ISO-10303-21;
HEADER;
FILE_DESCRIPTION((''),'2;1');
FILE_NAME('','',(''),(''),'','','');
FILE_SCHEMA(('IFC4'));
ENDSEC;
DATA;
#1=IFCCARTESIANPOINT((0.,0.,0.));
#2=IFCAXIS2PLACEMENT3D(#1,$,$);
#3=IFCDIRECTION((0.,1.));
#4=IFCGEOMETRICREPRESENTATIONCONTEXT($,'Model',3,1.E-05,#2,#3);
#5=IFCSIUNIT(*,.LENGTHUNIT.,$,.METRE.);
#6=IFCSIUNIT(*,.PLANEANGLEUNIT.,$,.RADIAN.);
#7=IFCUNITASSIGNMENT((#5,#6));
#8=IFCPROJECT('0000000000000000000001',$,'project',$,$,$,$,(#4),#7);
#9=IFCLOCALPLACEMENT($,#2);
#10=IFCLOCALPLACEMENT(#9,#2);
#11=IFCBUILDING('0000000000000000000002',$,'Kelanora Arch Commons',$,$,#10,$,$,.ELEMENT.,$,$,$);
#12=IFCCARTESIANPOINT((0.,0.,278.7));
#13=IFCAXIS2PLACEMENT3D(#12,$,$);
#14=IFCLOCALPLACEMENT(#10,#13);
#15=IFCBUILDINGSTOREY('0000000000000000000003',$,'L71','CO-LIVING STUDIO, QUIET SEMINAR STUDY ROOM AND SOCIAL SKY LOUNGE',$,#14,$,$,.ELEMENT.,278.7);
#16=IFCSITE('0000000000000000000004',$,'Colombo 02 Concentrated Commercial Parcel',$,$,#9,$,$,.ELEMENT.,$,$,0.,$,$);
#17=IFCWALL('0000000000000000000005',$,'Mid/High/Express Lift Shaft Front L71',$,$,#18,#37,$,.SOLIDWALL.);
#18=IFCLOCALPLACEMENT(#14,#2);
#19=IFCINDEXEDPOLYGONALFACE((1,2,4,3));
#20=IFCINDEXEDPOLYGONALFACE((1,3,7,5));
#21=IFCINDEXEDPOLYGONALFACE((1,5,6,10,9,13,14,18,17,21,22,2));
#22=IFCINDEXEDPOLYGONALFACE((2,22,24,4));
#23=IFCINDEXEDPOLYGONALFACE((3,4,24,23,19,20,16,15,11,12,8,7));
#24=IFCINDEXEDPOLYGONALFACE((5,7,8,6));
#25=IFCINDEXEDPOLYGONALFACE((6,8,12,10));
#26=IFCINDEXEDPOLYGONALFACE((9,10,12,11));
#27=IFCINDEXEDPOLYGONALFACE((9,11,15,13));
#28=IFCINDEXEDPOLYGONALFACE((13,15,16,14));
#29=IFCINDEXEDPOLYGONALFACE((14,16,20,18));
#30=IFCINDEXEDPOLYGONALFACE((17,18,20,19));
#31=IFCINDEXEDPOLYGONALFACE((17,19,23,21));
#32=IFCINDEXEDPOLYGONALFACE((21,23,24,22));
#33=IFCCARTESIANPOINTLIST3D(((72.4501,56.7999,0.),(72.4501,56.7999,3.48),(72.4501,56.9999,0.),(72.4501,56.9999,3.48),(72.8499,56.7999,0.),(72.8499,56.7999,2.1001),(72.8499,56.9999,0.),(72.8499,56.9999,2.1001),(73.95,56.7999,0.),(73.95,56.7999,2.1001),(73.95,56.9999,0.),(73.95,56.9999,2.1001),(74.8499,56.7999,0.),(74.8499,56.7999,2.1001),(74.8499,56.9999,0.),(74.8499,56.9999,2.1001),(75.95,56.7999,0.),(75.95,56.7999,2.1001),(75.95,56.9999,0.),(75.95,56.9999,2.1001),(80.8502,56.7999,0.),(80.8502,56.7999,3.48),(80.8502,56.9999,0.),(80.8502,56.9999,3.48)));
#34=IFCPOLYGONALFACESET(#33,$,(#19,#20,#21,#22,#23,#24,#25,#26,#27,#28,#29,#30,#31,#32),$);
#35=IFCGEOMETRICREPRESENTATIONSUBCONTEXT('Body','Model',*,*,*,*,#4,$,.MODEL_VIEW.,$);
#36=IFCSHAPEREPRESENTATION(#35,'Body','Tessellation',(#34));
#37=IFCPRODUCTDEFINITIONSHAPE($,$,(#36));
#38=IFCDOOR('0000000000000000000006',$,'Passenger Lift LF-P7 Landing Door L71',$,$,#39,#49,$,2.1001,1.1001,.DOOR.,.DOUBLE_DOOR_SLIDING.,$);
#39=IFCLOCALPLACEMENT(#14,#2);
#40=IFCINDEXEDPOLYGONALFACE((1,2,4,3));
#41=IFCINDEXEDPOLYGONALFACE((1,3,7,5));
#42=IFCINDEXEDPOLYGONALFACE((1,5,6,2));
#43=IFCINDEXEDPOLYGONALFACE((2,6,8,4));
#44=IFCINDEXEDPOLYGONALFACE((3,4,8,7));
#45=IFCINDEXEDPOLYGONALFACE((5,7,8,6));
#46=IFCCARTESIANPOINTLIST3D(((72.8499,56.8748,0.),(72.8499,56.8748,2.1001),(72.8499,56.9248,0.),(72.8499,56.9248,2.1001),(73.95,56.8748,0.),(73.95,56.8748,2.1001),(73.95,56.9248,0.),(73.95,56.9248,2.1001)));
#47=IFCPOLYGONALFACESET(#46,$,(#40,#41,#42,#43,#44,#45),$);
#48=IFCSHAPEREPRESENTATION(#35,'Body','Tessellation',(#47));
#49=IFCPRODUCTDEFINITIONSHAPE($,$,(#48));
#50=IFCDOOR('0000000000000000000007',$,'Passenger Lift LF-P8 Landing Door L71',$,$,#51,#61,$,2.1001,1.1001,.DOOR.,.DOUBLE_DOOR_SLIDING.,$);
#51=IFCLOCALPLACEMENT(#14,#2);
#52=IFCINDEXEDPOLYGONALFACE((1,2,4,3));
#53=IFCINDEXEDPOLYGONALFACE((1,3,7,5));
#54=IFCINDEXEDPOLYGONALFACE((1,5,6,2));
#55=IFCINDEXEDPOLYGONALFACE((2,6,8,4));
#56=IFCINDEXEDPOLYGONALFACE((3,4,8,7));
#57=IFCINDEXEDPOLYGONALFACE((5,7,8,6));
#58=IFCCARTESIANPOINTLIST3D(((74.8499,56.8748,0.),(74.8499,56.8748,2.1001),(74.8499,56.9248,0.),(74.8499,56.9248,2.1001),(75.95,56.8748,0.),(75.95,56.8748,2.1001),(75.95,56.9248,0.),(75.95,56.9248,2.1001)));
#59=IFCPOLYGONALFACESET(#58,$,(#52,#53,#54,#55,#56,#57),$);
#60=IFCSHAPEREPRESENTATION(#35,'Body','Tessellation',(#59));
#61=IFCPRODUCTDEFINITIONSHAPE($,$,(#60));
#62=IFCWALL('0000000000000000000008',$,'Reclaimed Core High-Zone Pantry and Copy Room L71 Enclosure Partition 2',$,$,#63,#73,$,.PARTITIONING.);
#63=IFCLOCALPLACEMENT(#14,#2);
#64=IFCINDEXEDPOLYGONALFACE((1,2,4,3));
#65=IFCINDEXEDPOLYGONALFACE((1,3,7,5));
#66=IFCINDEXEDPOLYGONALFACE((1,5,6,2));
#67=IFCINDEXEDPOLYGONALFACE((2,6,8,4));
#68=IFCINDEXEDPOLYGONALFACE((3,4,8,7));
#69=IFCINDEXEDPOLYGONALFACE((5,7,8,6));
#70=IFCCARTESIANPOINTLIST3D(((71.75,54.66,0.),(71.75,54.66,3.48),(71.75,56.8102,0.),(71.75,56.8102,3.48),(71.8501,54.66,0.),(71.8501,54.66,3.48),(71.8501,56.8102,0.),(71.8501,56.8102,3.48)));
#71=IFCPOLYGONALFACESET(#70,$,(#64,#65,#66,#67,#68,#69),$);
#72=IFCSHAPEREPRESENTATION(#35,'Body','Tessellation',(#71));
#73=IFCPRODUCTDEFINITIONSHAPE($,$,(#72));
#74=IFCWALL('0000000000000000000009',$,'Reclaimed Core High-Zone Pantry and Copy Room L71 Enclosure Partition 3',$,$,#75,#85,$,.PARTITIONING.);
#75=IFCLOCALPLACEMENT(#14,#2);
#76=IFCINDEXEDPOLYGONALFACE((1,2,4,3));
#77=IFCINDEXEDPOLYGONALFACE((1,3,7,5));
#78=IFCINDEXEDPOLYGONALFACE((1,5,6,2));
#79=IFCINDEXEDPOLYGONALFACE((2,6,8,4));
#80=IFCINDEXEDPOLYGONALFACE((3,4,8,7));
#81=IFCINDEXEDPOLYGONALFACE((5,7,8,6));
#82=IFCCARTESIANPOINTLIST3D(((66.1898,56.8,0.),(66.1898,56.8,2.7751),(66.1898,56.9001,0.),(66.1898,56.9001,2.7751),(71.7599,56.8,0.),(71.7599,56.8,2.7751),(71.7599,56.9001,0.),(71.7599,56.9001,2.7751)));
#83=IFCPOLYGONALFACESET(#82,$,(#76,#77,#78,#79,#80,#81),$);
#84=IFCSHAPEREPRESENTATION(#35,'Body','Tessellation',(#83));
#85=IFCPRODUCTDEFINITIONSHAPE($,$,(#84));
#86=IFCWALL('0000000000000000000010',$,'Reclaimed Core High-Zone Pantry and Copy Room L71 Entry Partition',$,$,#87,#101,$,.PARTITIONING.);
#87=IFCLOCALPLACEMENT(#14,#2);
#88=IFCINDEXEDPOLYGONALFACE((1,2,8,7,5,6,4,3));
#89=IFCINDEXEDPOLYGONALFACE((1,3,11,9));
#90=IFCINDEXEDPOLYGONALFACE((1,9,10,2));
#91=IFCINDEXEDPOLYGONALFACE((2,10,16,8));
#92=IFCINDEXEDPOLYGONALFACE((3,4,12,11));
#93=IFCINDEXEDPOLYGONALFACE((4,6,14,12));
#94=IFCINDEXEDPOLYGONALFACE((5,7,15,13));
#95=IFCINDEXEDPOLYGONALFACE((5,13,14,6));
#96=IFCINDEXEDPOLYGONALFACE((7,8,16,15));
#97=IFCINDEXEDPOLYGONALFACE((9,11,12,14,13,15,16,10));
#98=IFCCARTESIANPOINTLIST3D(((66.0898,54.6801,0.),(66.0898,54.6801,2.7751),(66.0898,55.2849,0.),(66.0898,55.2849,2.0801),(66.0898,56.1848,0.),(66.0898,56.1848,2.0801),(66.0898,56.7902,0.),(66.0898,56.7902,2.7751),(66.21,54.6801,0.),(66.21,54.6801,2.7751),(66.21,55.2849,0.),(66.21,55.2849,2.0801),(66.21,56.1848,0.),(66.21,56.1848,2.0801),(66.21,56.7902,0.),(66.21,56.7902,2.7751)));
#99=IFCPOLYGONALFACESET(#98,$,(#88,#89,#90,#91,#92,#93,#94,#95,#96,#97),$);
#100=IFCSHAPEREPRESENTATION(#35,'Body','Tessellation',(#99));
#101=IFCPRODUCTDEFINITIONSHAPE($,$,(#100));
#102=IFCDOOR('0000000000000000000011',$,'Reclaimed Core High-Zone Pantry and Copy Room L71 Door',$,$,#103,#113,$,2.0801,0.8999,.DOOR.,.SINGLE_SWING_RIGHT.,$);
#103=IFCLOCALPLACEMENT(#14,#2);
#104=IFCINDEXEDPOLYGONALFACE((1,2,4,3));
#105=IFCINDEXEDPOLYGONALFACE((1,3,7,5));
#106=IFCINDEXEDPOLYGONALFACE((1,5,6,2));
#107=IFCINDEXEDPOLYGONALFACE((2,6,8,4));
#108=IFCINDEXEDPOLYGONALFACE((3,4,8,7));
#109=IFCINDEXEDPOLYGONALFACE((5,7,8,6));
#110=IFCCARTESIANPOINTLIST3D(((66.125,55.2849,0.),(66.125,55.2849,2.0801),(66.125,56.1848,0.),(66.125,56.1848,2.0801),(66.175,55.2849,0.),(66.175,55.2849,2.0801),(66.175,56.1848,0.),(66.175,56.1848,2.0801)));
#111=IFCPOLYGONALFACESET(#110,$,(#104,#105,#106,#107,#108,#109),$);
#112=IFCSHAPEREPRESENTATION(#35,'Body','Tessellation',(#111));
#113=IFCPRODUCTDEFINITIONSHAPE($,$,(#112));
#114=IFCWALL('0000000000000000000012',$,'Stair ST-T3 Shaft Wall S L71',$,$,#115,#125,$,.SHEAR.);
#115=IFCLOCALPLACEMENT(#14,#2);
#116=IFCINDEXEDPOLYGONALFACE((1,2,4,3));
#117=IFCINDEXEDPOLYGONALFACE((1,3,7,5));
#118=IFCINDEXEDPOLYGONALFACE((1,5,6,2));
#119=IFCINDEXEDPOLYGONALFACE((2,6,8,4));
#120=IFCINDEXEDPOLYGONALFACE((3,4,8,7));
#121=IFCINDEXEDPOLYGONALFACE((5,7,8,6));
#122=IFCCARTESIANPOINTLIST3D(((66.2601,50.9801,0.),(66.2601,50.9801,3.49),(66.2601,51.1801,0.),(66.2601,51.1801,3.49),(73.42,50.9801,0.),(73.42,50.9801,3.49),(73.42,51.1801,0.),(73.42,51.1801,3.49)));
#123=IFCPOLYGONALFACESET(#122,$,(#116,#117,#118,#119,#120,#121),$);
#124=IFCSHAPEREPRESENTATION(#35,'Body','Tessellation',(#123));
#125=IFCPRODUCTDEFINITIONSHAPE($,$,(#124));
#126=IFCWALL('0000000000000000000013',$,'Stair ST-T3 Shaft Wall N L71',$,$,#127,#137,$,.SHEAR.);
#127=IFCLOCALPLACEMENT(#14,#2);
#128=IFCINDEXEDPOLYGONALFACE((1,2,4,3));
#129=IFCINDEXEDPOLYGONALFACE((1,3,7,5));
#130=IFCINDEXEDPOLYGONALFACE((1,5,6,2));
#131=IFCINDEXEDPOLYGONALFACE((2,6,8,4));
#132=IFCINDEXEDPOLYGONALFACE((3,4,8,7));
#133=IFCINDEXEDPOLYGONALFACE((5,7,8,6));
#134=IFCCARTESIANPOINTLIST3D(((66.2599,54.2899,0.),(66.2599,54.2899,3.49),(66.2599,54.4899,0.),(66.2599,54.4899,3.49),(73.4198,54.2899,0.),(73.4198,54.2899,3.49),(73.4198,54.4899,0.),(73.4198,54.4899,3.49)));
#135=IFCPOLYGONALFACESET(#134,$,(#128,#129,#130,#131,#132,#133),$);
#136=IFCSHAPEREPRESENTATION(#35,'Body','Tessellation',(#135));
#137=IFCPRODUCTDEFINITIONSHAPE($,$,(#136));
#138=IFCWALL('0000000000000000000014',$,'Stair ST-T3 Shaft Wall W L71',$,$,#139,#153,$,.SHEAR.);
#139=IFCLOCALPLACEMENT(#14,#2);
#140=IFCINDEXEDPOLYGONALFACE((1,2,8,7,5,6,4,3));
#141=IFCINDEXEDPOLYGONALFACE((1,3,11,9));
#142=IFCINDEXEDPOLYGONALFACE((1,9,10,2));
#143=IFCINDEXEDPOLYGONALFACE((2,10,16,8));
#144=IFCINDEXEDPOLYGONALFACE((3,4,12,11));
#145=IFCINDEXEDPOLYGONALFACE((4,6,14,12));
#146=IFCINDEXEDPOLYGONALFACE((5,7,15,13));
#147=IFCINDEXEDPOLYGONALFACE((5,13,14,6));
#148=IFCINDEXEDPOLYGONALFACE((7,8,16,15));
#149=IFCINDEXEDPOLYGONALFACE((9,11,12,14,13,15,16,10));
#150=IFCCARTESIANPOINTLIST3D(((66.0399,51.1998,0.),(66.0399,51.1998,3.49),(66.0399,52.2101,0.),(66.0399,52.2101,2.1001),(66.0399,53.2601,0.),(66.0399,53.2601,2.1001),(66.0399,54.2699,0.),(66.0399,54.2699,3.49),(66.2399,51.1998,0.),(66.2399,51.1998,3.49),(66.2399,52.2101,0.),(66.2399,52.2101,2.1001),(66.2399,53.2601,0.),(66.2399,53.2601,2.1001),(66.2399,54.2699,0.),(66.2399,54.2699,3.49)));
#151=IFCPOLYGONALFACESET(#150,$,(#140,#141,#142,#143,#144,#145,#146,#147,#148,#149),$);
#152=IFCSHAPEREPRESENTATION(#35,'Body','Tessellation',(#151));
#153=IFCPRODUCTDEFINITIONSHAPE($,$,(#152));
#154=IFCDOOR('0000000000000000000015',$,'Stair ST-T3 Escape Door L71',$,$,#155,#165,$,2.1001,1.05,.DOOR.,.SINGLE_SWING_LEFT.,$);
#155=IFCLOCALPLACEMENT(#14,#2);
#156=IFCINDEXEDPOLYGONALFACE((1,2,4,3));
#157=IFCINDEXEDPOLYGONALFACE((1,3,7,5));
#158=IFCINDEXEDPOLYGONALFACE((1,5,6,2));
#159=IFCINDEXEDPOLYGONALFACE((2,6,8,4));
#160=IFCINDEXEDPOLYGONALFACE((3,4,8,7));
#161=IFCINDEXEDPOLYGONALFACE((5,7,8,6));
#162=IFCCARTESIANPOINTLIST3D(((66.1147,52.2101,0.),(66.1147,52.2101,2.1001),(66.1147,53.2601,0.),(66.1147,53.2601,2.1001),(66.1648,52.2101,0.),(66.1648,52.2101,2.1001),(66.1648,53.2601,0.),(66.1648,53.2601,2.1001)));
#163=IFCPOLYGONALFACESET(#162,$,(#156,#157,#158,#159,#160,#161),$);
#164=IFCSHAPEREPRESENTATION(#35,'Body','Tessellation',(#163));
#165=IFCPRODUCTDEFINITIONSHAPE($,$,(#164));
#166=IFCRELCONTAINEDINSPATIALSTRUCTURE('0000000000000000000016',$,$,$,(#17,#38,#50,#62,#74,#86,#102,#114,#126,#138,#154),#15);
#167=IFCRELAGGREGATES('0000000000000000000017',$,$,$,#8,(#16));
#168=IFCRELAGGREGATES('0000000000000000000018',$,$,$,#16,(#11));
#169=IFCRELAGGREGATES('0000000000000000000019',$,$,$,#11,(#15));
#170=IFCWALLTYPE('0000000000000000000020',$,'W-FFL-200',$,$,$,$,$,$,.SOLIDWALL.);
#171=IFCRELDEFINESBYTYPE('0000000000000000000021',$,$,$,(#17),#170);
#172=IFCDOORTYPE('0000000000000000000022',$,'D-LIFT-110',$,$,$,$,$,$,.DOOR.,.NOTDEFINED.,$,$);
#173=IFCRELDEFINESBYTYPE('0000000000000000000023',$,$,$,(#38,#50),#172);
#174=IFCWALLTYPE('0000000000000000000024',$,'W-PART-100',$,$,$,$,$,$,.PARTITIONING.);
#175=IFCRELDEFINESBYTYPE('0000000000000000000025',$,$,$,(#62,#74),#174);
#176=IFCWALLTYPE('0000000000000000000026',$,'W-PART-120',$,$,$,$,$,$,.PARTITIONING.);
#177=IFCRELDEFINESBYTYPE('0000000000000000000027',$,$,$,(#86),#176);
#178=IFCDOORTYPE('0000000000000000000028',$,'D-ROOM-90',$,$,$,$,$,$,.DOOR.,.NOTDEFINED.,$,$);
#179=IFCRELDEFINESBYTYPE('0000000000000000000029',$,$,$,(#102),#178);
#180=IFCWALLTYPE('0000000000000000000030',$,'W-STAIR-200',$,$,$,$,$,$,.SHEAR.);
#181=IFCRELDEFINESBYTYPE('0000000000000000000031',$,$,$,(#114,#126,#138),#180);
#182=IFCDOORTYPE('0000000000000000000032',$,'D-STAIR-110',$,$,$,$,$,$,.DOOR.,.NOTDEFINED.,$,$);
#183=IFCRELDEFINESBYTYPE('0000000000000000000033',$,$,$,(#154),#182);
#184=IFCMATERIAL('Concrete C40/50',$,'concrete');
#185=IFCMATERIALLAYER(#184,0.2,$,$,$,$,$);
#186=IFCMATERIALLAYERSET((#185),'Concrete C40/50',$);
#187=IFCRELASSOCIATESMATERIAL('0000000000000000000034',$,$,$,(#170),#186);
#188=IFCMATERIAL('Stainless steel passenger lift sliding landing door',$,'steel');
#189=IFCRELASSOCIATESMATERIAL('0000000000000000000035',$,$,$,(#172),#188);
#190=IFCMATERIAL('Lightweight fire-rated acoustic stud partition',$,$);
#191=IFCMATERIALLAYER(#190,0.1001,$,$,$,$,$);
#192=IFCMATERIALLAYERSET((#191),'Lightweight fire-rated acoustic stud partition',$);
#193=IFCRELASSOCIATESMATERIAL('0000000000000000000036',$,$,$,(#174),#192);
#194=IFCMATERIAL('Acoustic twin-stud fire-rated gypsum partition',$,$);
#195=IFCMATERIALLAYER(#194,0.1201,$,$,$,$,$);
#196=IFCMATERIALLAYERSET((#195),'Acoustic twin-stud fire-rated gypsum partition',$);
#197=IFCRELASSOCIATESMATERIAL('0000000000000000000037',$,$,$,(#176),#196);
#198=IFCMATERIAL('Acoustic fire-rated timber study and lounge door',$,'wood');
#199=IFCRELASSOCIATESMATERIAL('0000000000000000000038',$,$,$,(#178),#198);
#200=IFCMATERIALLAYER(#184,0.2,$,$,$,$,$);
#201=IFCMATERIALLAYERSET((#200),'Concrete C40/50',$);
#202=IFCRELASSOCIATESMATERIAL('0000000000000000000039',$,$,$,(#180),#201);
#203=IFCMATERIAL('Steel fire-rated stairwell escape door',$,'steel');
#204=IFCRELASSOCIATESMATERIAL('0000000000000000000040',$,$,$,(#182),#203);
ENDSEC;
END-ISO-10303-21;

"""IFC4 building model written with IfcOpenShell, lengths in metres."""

from ifc_helpers import new_model, si_unit, direction, frame, frame_2d, origin, place, context, subcontext, project, spatial, rectangle, extrude, material, layer, layer_set, type_object, element, fill, save


model = new_model("IFC4")

# Units and contexts
model_context = context("Model", 3, precision=1e-05, world=origin(), true_north=direction((0.0, 1.0)))
body_context = subcontext(model_context, "Body", "Model", "MODEL_VIEW")
ifc_project = project(units=[si_unit("LENGTHUNIT", "METRE"), si_unit("PLANEANGLEUNIT", "RADIAN")], contexts=[model_context])

# Site, building, storey
site_placement = place(None, origin())
site = spatial("IfcSite", under=ifc_project, at=site_placement, Name="Colombo 02 Concentrated Commercial Parcel", CompositionType="ELEMENT", RefElevation=0.0)
building_placement = place(site_placement, origin())
building = spatial("IfcBuilding", under=site, at=building_placement, Name="Kelanora Arch Commons", CompositionType="ELEMENT")
storey_placement = place(building_placement, frame((0.0, 0.0, 278.7)))
storey = spatial("IfcBuildingStorey", under=building, at=storey_placement, Name="L71", Description="CO-LIVING STUDIO, QUIET SEMINAR STUDY ROOM AND SOCIAL SKY LOUNGE", CompositionType="ELEMENT", Elevation=278.7)

# Wall, openings, doors
ifc_material_1 = material(Name="Concrete C40/50", Category="concrete")
ifc_layer_1 = layer(ifc_material_1, 0.2)
ifc_layer_set_1 = layer_set([ifc_layer_1], Name="Concrete C40/50")
wall_type_1 = type_object("IfcWallType", Name="W-FFL-200", PredefinedType="SOLIDWALL", material=ifc_layer_set_1)
wall_1_placement = place(storey_placement, frame((72.45, 56.8999, 0.0), z_axis=(0.0, 0.0, 1.0), x_axis=(1.0, 0.0, 0.0)))
wall_1 = element("IfcWall", 1, at=wall_1_placement, inside=storey, type_object=wall_type_1, Name="Mid/High/Express Lift Shaft Front L71", PredefinedType="SOLIDWALL", context=body_context, shape_type="SweptSolid", body=[
    extrude(rectangle(XDim=8.4001, YDim=0.2, at=frame_2d((4.2002, 0.0))), origin(), (0.0, 0.0, 1.0), 3.48),
])
opening_1_placement = place(wall_1_placement, frame((0.3999, 0.0, 0.0)))
opening_1 = element("IfcOpeningElement", 2, at=opening_1_placement, cuts=wall_1, PredefinedType="OPENING", context=body_context, shape_type="SweptSolid", body=[
    extrude(rectangle(XDim=1.1001, YDim=2.1001, at=frame_2d((0.55, 1.05))), frame((0.0, 0.1099, 0.0), z_axis=(0.0, -1.0, 0.0), x_axis=(1.0, 0.0, 0.0)), (0.0, 0.0, 1.0), 0.22),
])
opening_2_placement = place(wall_1_placement, frame((2.3999, 0.0, 0.0)))
opening_2 = element("IfcOpeningElement", 3, at=opening_2_placement, cuts=wall_1, PredefinedType="OPENING", context=body_context, shape_type="SweptSolid", body=[
    extrude(rectangle(XDim=1.1001, YDim=2.1001, at=frame_2d((0.55, 1.05))), frame((0.0, 0.1099, 0.0), z_axis=(0.0, -1.0, 0.0), x_axis=(1.0, 0.0, 0.0)), (0.0, 0.0, 1.0), 0.22),
])
ifc_material_2 = material(Name="Stainless steel passenger lift sliding landing door", Category="steel")
door_type_1 = type_object("IfcDoorType", Name="D-LIFT-110", OperationType="NOTDEFINED", PredefinedType="DOOR", material=ifc_material_2)
door_1_placement = place(opening_1_placement, origin())
door_1 = element("IfcDoor", 4, at=door_1_placement, inside=storey, type_object=door_type_1, Name="Passenger Lift LF-P7 Landing Door L71", OperationType="DOUBLE_DOOR_SLIDING", OverallHeight=2.1001, OverallWidth=1.1001, PredefinedType="DOOR", context=body_context, shape_type="SweptSolid", body=[
    extrude(rectangle(XDim=1.1001, YDim=2.1001, at=frame_2d((0.55, 1.05))), frame((0.0, 0.0249, 0.0), z_axis=(0.0, -1.0, 0.0), x_axis=(1.0, 0.0, 0.0)), (0.0, 0.0, 1.0), 0.05),
])
fill(opening_1, door_1)
door_2_placement = place(opening_2_placement, origin())
door_2 = element("IfcDoor", 5, at=door_2_placement, inside=storey, type_object=door_type_1, Name="Passenger Lift LF-P8 Landing Door L71", OperationType="DOUBLE_DOOR_SLIDING", OverallHeight=2.1001, OverallWidth=1.1001, PredefinedType="DOOR", context=body_context, shape_type="SweptSolid", body=[
    extrude(rectangle(XDim=1.1001, YDim=2.1001, at=frame_2d((0.55, 1.05))), frame((0.0, 0.0249, 0.0), z_axis=(0.0, -1.0, 0.0), x_axis=(1.0, 0.0, 0.0)), (0.0, 0.0, 1.0), 0.05),
])
fill(opening_2, door_2)

# Walls
ifc_material_3 = material(Name="Lightweight fire-rated acoustic stud partition")
ifc_layer_2 = layer(ifc_material_3, 0.1001)
ifc_layer_set_2 = layer_set([ifc_layer_2], Name="Lightweight fire-rated acoustic stud partition")
wall_type_2 = type_object("IfcWallType", Name="W-PART-100", PredefinedType="PARTITIONING", material=ifc_layer_set_2)
wall_2_placement = place(storey_placement, frame((71.8, 54.6599, 0.0), z_axis=(0.0, 0.0, 1.0), x_axis=(0.0, 1.0, 0.0)))
element("IfcWall", 6, at=wall_2_placement, inside=storey, type_object=wall_type_2, Name="Reclaimed Core High-Zone Pantry and Copy Room L71 Enclosure Partition 2", PredefinedType="PARTITIONING", context=body_context, shape_type="SweptSolid", body=[
    extrude(rectangle(XDim=2.1501, YDim=0.1001, at=frame_2d((1.0752, 0.0))), origin(), (0.0, 0.0, 1.0), 3.48),
])
wall_3_placement = place(storey_placement, frame((71.76, 56.8501, 0.0), z_axis=(0.0, 0.0, 1.0), x_axis=(-1.0, 0.0, 0.0)))
element("IfcWall", 7, at=wall_3_placement, inside=storey, type_object=wall_type_2, Name="Reclaimed Core High-Zone Pantry and Copy Room L71 Enclosure Partition 3", PredefinedType="PARTITIONING", context=body_context, shape_type="SweptSolid", body=[
    extrude(rectangle(XDim=5.5701, YDim=0.1001, at=frame_2d((2.7852, 0.0))), origin(), (0.0, 0.0, 1.0), 2.7751),
])

# Wall, opening, door
ifc_material_4 = material(Name="Acoustic twin-stud fire-rated gypsum partition")
ifc_layer_3 = layer(ifc_material_4, 0.1201)
ifc_layer_set_3 = layer_set([ifc_layer_3], Name="Acoustic twin-stud fire-rated gypsum partition")
wall_type_3 = type_object("IfcWallType", Name="W-PART-120", PredefinedType="PARTITIONING", material=ifc_layer_set_3)
wall_4_placement = place(storey_placement, frame((66.1499, 54.6799, 0.0), z_axis=(0.0, 0.0, 1.0), x_axis=(0.0, 1.0, 0.0)))
wall_4 = element("IfcWall", 8, at=wall_4_placement, inside=storey, type_object=wall_type_3, Name="Reclaimed Core High-Zone Pantry and Copy Room L71 Entry Partition", PredefinedType="PARTITIONING", context=body_context, shape_type="SweptSolid", body=[
    extrude(rectangle(XDim=2.1101, YDim=0.1201, at=frame_2d((1.0552, 0.0))), origin(), (0.0, 0.0, 1.0), 2.7751),
])
opening_3_placement = place(wall_4_placement, frame((0.605, 0.0, 0.0)))
opening_3 = element("IfcOpeningElement", 9, at=opening_3_placement, cuts=wall_4, PredefinedType="OPENING", context=body_context, shape_type="SweptSolid", body=[
    extrude(rectangle(XDim=0.8999, YDim=2.0801, at=frame_2d((0.45, 1.04))), frame((0.0, 0.0701, 0.0), z_axis=(0.0, -1.0, 0.0), x_axis=(1.0, 0.0, 0.0)), (0.0, 0.0, 1.0), 0.1401),
])
ifc_material_5 = material(Name="Acoustic fire-rated timber study and lounge door", Category="wood")
door_type_2 = type_object("IfcDoorType", Name="D-ROOM-90", OperationType="NOTDEFINED", PredefinedType="DOOR", material=ifc_material_5)
door_3_placement = place(opening_3_placement, origin())
door_3 = element("IfcDoor", 10, at=door_3_placement, inside=storey, type_object=door_type_2, Name="Reclaimed Core High-Zone Pantry and Copy Room L71 Door", OperationType="SINGLE_SWING_RIGHT", OverallHeight=2.0801, OverallWidth=0.8999, PredefinedType="DOOR", context=body_context, shape_type="SweptSolid", body=[
    extrude(rectangle(XDim=0.8999, YDim=2.0801, at=frame_2d((0.45, 1.04))), frame((0.0, 0.0249, 0.0), z_axis=(0.0, -1.0, 0.0), x_axis=(1.0, 0.0, 0.0)), (0.0, 0.0, 1.0), 0.05),
])
fill(opening_3, door_3)

# Walls
ifc_layer_4 = layer(ifc_material_1, 0.2)
ifc_layer_set_4 = layer_set([ifc_layer_4], Name="Concrete C40/50")
wall_type_4 = type_object("IfcWallType", Name="W-STAIR-200", PredefinedType="SHEAR", material=ifc_layer_set_4)
for number, where, z_axis, x_axis, name in (
    (11, (66.26, 51.0801, 0.0), (0.0, 0.0, 1.0), (1.0, 0.0, 0.0), "Stair ST-T3 Shaft Wall S L71"),
    (12, (73.4199, 54.3899, 0.0), (0.0, 0.0, 1.0), (-1.0, 0.0, 0.0), "Stair ST-T3 Shaft Wall N L71"),
):
    element("IfcWall", number, at=place(storey_placement, frame(where, z_axis=z_axis, x_axis=x_axis)), inside=storey, type_object=wall_type_4, Name=name, PredefinedType="SHEAR", context=body_context, shape_type="SweptSolid", body=[
        extrude(rectangle(XDim=7.1599, YDim=0.2, at=frame_2d((3.5801, 0.0))), origin(), (0.0, 0.0, 1.0), 3.49),
    ])

# Wall, opening, door
wall_5_placement = place(storey_placement, frame((66.1399, 54.27, 0.0), z_axis=(0.0, 0.0, 1.0), x_axis=(0.0, -1.0, 0.0)))
wall_5 = element("IfcWall", 13, at=wall_5_placement, inside=storey, type_object=wall_type_4, Name="Stair ST-T3 Shaft Wall W L71", PredefinedType="SHEAR", context=body_context, shape_type="SweptSolid", body=[
    extrude(rectangle(XDim=3.0701, YDim=0.2, at=frame_2d((1.5352, 0.0))), origin(), (0.0, 0.0, 1.0), 3.49),
])
opening_4_placement = place(wall_5_placement, frame((1.01, 0.0, 0.0)))
opening_4 = element("IfcOpeningElement", 14, at=opening_4_placement, cuts=wall_5, PredefinedType="OPENING", context=body_context, shape_type="SweptSolid", body=[
    extrude(rectangle(XDim=1.05, YDim=2.1001, at=frame_2d((0.5249, 1.05))), frame((0.0, 0.1099, 0.0), z_axis=(0.0, -1.0, 0.0), x_axis=(1.0, 0.0, 0.0)), (0.0, 0.0, 1.0), 0.22),
])
ifc_material_6 = material(Name="Steel fire-rated stairwell escape door", Category="steel")
door_type_3 = type_object("IfcDoorType", Name="D-STAIR-110", OperationType="NOTDEFINED", PredefinedType="DOOR", material=ifc_material_6)
door_4_placement = place(opening_4_placement, origin())
door_4 = element("IfcDoor", 15, at=door_4_placement, inside=storey, type_object=door_type_3, Name="Stair ST-T3 Escape Door L71", OperationType="SINGLE_SWING_LEFT", OverallHeight=2.1001, OverallWidth=1.05, PredefinedType="DOOR", context=body_context, shape_type="SweptSolid", body=[
    extrude(rectangle(XDim=1.05, YDim=2.1001, at=frame_2d((0.5249, 1.05))), frame((0.0, 0.0249, 0.0), z_axis=(0.0, -1.0, 0.0), x_axis=(1.0, 0.0, 0.0)), (0.0, 0.0, 1.0), 0.05),
])
fill(opening_4, door_4)

save(model, "model.ifc")
